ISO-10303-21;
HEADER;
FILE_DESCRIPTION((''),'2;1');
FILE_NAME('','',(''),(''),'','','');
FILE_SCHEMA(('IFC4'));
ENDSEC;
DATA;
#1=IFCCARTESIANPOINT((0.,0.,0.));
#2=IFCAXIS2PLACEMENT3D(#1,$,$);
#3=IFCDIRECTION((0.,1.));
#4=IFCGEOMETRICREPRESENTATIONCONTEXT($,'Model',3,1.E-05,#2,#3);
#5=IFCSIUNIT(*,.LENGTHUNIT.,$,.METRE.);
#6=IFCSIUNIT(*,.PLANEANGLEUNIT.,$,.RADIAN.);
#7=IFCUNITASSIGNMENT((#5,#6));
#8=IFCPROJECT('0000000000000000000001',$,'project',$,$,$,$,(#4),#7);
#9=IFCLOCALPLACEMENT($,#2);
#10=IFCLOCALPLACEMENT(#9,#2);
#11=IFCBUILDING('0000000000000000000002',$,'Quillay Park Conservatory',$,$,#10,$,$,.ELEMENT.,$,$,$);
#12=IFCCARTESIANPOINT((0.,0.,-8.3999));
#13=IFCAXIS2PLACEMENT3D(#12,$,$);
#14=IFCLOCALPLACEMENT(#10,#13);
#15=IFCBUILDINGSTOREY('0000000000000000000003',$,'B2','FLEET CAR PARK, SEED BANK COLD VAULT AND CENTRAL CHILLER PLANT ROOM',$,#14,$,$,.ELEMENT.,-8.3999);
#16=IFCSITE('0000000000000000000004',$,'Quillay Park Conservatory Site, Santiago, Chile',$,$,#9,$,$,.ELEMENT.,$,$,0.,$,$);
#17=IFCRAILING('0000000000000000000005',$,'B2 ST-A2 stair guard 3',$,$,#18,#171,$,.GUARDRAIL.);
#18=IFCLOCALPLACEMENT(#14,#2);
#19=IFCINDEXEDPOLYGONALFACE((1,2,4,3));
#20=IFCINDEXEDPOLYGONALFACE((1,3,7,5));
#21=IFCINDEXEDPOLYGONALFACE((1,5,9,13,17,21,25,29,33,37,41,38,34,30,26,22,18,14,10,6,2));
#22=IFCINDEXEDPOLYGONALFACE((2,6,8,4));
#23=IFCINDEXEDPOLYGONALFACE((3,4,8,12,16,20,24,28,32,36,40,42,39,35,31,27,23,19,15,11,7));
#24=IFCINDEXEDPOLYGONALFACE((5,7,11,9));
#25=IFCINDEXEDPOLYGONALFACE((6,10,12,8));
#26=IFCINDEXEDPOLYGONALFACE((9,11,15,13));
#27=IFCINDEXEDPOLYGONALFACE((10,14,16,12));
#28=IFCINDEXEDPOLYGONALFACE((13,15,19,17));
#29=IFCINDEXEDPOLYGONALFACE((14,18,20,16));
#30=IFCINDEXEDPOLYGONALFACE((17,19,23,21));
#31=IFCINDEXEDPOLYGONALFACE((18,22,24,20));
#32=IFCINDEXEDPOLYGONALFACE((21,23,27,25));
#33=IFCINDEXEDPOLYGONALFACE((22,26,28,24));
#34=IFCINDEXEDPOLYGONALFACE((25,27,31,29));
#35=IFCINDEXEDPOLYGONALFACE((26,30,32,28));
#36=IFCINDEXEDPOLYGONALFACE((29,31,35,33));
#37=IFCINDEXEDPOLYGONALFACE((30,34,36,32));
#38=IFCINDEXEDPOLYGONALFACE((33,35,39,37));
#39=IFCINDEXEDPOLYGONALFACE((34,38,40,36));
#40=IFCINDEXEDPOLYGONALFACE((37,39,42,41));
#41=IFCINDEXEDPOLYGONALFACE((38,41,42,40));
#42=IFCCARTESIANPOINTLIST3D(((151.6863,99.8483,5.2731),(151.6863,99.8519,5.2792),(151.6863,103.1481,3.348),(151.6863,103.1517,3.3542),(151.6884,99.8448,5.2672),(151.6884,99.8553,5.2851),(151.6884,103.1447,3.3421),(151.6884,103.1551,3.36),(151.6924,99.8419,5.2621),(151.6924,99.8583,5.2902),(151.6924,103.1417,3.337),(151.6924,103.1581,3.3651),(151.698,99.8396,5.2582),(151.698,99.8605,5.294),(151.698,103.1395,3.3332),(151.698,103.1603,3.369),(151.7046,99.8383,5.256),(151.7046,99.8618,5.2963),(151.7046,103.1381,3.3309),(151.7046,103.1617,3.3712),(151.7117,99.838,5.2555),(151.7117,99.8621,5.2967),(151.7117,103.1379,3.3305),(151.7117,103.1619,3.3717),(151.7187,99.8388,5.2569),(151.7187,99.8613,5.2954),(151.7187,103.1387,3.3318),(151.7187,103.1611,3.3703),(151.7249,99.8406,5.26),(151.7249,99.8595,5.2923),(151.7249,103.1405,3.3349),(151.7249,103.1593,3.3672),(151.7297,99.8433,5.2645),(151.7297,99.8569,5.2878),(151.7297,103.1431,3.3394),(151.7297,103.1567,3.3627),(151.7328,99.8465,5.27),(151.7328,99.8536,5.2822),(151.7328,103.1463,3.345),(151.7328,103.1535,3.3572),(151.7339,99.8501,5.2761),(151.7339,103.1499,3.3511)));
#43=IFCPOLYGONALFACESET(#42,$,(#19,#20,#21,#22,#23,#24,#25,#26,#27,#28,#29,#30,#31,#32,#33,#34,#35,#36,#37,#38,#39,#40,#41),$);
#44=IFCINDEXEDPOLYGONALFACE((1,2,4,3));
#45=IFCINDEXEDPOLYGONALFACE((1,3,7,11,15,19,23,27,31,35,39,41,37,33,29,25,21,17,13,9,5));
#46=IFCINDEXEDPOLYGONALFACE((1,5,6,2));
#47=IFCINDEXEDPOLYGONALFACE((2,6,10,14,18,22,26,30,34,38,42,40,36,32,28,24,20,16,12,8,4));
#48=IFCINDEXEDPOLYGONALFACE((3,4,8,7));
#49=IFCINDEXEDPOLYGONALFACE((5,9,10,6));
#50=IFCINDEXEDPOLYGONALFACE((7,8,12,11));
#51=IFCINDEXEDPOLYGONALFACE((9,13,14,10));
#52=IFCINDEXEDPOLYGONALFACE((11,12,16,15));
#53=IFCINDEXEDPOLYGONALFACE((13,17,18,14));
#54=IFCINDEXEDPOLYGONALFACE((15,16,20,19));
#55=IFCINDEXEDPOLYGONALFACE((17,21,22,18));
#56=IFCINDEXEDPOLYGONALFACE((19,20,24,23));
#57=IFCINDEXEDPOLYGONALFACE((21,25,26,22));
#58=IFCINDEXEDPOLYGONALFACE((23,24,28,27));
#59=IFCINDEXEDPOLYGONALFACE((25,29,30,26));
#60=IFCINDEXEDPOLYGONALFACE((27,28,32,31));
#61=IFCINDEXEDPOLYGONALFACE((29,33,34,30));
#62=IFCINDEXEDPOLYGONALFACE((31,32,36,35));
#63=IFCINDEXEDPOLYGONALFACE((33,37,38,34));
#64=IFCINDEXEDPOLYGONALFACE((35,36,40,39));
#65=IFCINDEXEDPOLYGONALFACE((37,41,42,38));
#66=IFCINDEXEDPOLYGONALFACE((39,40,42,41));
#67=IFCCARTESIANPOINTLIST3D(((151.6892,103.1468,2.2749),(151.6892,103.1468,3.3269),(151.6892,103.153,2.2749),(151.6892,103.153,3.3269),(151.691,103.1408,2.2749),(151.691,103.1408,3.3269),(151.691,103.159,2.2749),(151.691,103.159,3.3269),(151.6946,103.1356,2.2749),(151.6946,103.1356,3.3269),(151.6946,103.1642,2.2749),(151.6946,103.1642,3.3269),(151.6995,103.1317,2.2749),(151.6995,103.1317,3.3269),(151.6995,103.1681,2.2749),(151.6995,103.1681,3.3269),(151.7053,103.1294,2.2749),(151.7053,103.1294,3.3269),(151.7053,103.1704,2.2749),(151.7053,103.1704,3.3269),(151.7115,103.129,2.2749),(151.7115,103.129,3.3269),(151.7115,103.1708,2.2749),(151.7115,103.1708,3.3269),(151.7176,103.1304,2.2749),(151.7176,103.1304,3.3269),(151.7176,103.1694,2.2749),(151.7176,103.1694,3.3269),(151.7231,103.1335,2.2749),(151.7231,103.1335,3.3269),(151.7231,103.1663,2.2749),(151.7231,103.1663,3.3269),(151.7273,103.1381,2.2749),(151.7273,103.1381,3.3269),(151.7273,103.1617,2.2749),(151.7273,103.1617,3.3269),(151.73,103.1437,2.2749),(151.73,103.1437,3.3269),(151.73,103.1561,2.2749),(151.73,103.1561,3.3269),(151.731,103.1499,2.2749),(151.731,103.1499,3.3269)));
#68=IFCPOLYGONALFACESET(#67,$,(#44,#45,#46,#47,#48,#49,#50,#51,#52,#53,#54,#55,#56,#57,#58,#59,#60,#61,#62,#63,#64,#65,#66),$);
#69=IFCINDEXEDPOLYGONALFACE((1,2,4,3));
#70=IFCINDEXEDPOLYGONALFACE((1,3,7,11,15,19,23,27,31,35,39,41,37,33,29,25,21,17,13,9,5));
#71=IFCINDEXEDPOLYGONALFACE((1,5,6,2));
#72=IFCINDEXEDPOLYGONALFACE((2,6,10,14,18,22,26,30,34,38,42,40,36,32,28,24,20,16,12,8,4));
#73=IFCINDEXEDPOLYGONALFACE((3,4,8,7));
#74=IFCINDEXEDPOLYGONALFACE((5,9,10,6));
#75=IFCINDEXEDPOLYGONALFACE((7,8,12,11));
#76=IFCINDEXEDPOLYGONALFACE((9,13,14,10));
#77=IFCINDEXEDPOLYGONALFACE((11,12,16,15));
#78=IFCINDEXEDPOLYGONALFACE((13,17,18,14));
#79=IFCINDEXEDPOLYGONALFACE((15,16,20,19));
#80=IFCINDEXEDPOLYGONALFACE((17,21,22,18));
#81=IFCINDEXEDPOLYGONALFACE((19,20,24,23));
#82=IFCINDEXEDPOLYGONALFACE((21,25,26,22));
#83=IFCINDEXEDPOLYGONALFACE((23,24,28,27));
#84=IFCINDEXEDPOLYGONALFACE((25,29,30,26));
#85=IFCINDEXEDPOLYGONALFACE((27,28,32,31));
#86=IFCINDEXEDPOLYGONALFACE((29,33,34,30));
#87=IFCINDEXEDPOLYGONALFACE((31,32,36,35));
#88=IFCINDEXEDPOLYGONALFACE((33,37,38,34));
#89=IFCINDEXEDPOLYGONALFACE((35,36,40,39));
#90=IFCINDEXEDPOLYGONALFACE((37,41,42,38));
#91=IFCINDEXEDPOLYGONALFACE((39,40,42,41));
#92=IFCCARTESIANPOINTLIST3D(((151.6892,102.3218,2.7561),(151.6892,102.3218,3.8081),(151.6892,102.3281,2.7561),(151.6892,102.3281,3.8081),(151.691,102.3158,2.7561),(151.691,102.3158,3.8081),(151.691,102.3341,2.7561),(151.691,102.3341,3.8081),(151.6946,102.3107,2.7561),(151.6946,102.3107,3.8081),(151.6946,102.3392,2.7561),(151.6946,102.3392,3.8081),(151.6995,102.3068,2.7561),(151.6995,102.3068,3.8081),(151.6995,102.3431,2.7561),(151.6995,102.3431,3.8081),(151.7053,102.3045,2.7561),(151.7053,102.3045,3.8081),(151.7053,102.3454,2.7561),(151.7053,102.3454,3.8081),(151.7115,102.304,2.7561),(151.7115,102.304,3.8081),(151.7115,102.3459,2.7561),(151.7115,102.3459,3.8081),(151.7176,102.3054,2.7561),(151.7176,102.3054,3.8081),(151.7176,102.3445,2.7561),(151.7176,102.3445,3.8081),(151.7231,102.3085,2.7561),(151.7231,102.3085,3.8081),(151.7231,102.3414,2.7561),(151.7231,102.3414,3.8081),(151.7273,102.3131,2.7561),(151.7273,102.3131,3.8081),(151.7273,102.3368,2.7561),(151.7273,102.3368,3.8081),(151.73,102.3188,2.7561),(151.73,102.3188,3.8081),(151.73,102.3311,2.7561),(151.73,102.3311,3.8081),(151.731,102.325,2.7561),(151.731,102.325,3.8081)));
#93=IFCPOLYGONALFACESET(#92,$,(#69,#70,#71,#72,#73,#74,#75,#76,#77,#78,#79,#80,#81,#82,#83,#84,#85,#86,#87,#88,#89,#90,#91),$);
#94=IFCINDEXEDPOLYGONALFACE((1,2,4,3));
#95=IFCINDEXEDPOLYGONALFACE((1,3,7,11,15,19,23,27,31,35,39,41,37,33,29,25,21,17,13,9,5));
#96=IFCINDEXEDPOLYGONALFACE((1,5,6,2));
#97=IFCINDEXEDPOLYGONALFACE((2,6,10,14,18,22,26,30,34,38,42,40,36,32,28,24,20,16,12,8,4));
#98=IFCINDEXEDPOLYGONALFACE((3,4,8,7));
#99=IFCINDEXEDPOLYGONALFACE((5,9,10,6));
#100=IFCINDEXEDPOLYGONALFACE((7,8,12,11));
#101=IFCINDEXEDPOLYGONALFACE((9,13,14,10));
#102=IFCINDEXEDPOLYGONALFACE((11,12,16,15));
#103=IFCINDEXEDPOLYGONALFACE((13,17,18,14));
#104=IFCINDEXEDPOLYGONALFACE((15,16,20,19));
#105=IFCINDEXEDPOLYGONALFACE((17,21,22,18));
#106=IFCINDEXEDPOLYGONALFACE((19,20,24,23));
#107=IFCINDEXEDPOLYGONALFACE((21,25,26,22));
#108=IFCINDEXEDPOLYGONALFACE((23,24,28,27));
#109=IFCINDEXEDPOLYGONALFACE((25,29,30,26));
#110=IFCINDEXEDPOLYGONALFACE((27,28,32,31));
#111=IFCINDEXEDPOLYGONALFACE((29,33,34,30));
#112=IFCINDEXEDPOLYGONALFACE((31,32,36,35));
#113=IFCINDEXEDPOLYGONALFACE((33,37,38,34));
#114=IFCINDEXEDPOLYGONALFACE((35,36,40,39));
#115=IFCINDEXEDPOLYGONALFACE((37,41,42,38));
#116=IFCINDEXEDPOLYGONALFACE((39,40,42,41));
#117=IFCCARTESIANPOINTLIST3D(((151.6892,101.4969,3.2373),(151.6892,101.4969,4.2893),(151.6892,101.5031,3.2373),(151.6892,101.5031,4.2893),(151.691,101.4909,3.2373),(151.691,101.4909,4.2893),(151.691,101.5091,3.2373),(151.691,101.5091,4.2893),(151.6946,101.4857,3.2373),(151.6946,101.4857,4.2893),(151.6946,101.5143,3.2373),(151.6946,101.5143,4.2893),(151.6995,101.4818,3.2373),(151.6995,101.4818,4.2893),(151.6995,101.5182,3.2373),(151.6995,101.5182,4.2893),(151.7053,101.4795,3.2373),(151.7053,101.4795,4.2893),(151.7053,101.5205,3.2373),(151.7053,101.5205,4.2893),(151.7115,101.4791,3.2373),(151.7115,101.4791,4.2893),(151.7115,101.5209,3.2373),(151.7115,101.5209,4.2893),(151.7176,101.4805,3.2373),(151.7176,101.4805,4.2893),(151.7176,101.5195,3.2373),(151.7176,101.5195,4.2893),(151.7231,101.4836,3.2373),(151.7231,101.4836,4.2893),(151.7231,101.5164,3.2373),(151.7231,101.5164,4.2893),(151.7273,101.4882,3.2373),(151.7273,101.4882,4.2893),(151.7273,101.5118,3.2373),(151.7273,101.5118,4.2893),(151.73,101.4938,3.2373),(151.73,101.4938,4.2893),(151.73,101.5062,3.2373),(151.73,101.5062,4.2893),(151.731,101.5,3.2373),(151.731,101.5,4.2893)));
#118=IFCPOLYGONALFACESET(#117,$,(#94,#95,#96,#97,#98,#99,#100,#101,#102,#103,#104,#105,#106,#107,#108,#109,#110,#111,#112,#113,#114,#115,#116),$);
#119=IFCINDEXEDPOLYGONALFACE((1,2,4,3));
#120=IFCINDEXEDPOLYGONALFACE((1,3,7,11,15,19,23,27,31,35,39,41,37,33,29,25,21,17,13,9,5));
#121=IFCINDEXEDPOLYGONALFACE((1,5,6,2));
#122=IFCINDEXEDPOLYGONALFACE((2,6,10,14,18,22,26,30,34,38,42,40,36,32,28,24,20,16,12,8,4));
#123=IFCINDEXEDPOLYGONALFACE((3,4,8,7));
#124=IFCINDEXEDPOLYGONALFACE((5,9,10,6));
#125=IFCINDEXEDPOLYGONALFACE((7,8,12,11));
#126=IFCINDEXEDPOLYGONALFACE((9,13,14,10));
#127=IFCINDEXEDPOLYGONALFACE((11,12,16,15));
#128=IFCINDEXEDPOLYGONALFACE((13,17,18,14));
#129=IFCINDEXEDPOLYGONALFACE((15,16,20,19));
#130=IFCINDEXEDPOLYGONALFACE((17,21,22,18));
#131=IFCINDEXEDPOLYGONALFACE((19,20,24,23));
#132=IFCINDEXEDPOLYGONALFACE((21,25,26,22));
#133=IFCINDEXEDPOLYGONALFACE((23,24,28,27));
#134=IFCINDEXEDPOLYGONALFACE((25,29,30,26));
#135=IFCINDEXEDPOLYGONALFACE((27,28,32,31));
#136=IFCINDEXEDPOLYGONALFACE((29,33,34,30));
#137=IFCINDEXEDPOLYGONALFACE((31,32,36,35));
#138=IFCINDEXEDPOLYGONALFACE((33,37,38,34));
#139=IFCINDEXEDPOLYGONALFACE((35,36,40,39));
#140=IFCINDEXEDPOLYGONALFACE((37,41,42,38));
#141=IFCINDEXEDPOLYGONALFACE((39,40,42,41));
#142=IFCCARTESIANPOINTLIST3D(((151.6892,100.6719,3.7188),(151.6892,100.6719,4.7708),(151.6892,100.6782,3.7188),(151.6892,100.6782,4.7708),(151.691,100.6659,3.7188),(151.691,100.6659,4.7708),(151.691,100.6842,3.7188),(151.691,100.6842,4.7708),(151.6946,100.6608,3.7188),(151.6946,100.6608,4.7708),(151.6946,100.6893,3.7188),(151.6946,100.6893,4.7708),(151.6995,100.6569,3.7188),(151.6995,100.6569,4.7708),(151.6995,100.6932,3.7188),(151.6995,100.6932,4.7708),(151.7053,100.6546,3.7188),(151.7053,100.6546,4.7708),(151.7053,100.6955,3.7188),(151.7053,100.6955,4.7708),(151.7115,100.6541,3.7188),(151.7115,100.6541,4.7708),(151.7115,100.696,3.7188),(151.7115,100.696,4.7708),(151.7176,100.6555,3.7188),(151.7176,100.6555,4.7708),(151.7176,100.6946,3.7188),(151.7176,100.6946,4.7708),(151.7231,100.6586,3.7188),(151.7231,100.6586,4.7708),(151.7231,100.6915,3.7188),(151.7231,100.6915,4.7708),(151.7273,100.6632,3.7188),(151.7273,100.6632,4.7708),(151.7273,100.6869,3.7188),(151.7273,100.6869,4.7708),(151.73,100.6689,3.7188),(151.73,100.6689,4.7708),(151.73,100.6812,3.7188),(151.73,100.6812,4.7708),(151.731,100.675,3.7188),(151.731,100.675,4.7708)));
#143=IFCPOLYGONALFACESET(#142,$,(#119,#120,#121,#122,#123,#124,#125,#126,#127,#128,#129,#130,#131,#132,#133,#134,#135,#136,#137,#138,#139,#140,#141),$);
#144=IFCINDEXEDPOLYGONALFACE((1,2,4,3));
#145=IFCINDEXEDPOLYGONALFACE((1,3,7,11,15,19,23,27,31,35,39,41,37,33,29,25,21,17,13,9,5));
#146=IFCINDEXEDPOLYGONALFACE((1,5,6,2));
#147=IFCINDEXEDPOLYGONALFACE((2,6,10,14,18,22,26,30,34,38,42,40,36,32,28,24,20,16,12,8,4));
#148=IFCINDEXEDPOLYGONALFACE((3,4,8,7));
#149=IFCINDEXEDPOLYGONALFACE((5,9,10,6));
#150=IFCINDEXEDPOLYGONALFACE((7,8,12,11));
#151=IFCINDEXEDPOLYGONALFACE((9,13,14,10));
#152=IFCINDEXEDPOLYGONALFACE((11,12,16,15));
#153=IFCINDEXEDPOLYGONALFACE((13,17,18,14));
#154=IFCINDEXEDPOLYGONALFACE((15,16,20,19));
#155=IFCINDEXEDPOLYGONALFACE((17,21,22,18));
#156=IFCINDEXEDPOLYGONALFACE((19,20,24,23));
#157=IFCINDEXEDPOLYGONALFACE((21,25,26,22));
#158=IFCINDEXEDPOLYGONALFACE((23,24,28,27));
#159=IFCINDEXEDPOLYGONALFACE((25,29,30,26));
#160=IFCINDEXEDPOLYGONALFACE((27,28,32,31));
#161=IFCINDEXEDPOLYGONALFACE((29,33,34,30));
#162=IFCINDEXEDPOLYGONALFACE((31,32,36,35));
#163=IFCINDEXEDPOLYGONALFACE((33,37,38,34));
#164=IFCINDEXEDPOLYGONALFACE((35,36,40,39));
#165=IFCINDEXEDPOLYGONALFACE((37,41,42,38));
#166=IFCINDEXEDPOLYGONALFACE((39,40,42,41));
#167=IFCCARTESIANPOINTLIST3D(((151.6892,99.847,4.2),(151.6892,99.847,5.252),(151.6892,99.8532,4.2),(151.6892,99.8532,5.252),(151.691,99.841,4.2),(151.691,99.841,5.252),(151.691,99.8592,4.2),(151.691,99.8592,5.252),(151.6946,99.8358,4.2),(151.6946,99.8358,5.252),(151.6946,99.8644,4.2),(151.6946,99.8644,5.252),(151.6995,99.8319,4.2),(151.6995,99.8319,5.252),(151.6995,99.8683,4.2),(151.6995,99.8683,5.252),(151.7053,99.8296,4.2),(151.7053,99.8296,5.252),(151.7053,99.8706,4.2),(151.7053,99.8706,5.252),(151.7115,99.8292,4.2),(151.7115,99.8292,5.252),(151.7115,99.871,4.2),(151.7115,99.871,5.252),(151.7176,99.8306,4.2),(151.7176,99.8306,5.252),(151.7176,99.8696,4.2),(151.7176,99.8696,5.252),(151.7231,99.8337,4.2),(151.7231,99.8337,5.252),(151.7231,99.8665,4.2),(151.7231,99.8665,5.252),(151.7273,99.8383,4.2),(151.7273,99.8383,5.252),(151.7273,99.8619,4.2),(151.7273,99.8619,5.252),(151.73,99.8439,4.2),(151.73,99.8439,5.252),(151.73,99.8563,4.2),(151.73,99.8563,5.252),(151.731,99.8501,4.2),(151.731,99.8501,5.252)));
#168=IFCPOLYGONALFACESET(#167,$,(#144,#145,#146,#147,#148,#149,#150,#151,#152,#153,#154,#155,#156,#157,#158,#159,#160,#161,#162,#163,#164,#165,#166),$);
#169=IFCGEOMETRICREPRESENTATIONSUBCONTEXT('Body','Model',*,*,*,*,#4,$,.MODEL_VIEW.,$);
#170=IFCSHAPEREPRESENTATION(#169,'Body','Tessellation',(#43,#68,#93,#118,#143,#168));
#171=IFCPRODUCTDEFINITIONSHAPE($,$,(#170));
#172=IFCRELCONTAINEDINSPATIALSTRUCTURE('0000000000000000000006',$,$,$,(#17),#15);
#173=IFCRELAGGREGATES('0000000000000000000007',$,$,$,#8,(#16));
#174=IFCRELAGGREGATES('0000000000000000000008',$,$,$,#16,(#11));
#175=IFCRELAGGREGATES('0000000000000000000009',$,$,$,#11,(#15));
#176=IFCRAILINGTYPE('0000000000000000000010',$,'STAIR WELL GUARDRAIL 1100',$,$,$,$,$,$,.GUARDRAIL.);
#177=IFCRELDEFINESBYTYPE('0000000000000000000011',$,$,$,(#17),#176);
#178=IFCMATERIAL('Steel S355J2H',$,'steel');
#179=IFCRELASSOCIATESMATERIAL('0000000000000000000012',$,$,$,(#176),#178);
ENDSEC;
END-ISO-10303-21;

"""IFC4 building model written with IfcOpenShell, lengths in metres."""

from ifc_helpers import new_model, si_unit, direction, frame, origin, origin_2d, place, context, subcontext, project, spatial, circle, extrude, material, type_object, element, save


model = new_model("IFC4")

# Units and contexts
model_context = context("Model", 3, precision=1e-05, world=origin(), true_north=direction((0.0, 1.0)))
body_context = subcontext(model_context, "Body", "Model", "MODEL_VIEW")
ifc_project = project(units=[si_unit("LENGTHUNIT", "METRE"), si_unit("PLANEANGLEUNIT", "RADIAN")], contexts=[model_context])

# Site, building, storey
site_placement = place(None, origin())
site = spatial("IfcSite", under=ifc_project, at=site_placement, Name="Quillay Park Conservatory Site, Santiago, Chile", CompositionType="ELEMENT", RefElevation=0.0)
building_placement = place(site_placement, origin())
building = spatial("IfcBuilding", under=site, at=building_placement, Name="Quillay Park Conservatory", CompositionType="ELEMENT")
storey_placement = place(building_placement, frame((0.0, 0.0, -8.3999)))
storey = spatial("IfcBuildingStorey", under=building, at=storey_placement, Name="B2", Description="FLEET CAR PARK, SEED BANK COLD VAULT AND CENTRAL CHILLER PLANT ROOM", CompositionType="ELEMENT", Elevation=-8.3999)

# Railing
ifc_material_1 = material(Name="Steel S355J2H", Category="steel")
railing_type_1 = type_object("IfcRailingType", Name="STAIR WELL GUARDRAIL 1100", PredefinedType="GUARDRAIL", material=ifc_material_1)
railing_1_placement = place(storey_placement, frame((151.71, 103.1499, 2.2749)))
element("IfcRailing", 1, at=railing_1_placement, inside=storey, type_object=railing_type_1, Name="B2 ST-A2 stair guard 3", PredefinedType="GUARDRAIL", context=body_context, shape_type="SweptSolid", body=[
    extrude(circle(Radius=0.0239, at=origin_2d()), frame((0.0, 0.0, 1.0762), z_axis=(0.0, -0.86376, 0.503903), x_axis=(1.0, 0.0, 0.0)), (0.0, 0.0, 1.0), 3.8203),
    extrude(circle(Radius=0.021, at=origin_2d()), origin(), (0.0, 0.0, 1.0), 1.052),
    extrude(circle(Radius=0.021, at=origin_2d()), frame((0.0, -0.825, 0.4812)), (0.0, 0.0, 1.0), 1.052),
    extrude(circle(Radius=0.021, at=origin_2d()), frame((0.0, -1.6499, 0.9624)), (0.0, 0.0, 1.0), 1.052),
    extrude(circle(Radius=0.021, at=origin_2d()), frame((0.0, -2.4749, 1.4438)), (0.0, 0.0, 1.0), 1.052),
    extrude(circle(Radius=0.021, at=origin_2d()), frame((0.0, -3.2998, 1.925)), (0.0, 0.0, 1.0), 1.052),
])

save(model, "model.ifc")
